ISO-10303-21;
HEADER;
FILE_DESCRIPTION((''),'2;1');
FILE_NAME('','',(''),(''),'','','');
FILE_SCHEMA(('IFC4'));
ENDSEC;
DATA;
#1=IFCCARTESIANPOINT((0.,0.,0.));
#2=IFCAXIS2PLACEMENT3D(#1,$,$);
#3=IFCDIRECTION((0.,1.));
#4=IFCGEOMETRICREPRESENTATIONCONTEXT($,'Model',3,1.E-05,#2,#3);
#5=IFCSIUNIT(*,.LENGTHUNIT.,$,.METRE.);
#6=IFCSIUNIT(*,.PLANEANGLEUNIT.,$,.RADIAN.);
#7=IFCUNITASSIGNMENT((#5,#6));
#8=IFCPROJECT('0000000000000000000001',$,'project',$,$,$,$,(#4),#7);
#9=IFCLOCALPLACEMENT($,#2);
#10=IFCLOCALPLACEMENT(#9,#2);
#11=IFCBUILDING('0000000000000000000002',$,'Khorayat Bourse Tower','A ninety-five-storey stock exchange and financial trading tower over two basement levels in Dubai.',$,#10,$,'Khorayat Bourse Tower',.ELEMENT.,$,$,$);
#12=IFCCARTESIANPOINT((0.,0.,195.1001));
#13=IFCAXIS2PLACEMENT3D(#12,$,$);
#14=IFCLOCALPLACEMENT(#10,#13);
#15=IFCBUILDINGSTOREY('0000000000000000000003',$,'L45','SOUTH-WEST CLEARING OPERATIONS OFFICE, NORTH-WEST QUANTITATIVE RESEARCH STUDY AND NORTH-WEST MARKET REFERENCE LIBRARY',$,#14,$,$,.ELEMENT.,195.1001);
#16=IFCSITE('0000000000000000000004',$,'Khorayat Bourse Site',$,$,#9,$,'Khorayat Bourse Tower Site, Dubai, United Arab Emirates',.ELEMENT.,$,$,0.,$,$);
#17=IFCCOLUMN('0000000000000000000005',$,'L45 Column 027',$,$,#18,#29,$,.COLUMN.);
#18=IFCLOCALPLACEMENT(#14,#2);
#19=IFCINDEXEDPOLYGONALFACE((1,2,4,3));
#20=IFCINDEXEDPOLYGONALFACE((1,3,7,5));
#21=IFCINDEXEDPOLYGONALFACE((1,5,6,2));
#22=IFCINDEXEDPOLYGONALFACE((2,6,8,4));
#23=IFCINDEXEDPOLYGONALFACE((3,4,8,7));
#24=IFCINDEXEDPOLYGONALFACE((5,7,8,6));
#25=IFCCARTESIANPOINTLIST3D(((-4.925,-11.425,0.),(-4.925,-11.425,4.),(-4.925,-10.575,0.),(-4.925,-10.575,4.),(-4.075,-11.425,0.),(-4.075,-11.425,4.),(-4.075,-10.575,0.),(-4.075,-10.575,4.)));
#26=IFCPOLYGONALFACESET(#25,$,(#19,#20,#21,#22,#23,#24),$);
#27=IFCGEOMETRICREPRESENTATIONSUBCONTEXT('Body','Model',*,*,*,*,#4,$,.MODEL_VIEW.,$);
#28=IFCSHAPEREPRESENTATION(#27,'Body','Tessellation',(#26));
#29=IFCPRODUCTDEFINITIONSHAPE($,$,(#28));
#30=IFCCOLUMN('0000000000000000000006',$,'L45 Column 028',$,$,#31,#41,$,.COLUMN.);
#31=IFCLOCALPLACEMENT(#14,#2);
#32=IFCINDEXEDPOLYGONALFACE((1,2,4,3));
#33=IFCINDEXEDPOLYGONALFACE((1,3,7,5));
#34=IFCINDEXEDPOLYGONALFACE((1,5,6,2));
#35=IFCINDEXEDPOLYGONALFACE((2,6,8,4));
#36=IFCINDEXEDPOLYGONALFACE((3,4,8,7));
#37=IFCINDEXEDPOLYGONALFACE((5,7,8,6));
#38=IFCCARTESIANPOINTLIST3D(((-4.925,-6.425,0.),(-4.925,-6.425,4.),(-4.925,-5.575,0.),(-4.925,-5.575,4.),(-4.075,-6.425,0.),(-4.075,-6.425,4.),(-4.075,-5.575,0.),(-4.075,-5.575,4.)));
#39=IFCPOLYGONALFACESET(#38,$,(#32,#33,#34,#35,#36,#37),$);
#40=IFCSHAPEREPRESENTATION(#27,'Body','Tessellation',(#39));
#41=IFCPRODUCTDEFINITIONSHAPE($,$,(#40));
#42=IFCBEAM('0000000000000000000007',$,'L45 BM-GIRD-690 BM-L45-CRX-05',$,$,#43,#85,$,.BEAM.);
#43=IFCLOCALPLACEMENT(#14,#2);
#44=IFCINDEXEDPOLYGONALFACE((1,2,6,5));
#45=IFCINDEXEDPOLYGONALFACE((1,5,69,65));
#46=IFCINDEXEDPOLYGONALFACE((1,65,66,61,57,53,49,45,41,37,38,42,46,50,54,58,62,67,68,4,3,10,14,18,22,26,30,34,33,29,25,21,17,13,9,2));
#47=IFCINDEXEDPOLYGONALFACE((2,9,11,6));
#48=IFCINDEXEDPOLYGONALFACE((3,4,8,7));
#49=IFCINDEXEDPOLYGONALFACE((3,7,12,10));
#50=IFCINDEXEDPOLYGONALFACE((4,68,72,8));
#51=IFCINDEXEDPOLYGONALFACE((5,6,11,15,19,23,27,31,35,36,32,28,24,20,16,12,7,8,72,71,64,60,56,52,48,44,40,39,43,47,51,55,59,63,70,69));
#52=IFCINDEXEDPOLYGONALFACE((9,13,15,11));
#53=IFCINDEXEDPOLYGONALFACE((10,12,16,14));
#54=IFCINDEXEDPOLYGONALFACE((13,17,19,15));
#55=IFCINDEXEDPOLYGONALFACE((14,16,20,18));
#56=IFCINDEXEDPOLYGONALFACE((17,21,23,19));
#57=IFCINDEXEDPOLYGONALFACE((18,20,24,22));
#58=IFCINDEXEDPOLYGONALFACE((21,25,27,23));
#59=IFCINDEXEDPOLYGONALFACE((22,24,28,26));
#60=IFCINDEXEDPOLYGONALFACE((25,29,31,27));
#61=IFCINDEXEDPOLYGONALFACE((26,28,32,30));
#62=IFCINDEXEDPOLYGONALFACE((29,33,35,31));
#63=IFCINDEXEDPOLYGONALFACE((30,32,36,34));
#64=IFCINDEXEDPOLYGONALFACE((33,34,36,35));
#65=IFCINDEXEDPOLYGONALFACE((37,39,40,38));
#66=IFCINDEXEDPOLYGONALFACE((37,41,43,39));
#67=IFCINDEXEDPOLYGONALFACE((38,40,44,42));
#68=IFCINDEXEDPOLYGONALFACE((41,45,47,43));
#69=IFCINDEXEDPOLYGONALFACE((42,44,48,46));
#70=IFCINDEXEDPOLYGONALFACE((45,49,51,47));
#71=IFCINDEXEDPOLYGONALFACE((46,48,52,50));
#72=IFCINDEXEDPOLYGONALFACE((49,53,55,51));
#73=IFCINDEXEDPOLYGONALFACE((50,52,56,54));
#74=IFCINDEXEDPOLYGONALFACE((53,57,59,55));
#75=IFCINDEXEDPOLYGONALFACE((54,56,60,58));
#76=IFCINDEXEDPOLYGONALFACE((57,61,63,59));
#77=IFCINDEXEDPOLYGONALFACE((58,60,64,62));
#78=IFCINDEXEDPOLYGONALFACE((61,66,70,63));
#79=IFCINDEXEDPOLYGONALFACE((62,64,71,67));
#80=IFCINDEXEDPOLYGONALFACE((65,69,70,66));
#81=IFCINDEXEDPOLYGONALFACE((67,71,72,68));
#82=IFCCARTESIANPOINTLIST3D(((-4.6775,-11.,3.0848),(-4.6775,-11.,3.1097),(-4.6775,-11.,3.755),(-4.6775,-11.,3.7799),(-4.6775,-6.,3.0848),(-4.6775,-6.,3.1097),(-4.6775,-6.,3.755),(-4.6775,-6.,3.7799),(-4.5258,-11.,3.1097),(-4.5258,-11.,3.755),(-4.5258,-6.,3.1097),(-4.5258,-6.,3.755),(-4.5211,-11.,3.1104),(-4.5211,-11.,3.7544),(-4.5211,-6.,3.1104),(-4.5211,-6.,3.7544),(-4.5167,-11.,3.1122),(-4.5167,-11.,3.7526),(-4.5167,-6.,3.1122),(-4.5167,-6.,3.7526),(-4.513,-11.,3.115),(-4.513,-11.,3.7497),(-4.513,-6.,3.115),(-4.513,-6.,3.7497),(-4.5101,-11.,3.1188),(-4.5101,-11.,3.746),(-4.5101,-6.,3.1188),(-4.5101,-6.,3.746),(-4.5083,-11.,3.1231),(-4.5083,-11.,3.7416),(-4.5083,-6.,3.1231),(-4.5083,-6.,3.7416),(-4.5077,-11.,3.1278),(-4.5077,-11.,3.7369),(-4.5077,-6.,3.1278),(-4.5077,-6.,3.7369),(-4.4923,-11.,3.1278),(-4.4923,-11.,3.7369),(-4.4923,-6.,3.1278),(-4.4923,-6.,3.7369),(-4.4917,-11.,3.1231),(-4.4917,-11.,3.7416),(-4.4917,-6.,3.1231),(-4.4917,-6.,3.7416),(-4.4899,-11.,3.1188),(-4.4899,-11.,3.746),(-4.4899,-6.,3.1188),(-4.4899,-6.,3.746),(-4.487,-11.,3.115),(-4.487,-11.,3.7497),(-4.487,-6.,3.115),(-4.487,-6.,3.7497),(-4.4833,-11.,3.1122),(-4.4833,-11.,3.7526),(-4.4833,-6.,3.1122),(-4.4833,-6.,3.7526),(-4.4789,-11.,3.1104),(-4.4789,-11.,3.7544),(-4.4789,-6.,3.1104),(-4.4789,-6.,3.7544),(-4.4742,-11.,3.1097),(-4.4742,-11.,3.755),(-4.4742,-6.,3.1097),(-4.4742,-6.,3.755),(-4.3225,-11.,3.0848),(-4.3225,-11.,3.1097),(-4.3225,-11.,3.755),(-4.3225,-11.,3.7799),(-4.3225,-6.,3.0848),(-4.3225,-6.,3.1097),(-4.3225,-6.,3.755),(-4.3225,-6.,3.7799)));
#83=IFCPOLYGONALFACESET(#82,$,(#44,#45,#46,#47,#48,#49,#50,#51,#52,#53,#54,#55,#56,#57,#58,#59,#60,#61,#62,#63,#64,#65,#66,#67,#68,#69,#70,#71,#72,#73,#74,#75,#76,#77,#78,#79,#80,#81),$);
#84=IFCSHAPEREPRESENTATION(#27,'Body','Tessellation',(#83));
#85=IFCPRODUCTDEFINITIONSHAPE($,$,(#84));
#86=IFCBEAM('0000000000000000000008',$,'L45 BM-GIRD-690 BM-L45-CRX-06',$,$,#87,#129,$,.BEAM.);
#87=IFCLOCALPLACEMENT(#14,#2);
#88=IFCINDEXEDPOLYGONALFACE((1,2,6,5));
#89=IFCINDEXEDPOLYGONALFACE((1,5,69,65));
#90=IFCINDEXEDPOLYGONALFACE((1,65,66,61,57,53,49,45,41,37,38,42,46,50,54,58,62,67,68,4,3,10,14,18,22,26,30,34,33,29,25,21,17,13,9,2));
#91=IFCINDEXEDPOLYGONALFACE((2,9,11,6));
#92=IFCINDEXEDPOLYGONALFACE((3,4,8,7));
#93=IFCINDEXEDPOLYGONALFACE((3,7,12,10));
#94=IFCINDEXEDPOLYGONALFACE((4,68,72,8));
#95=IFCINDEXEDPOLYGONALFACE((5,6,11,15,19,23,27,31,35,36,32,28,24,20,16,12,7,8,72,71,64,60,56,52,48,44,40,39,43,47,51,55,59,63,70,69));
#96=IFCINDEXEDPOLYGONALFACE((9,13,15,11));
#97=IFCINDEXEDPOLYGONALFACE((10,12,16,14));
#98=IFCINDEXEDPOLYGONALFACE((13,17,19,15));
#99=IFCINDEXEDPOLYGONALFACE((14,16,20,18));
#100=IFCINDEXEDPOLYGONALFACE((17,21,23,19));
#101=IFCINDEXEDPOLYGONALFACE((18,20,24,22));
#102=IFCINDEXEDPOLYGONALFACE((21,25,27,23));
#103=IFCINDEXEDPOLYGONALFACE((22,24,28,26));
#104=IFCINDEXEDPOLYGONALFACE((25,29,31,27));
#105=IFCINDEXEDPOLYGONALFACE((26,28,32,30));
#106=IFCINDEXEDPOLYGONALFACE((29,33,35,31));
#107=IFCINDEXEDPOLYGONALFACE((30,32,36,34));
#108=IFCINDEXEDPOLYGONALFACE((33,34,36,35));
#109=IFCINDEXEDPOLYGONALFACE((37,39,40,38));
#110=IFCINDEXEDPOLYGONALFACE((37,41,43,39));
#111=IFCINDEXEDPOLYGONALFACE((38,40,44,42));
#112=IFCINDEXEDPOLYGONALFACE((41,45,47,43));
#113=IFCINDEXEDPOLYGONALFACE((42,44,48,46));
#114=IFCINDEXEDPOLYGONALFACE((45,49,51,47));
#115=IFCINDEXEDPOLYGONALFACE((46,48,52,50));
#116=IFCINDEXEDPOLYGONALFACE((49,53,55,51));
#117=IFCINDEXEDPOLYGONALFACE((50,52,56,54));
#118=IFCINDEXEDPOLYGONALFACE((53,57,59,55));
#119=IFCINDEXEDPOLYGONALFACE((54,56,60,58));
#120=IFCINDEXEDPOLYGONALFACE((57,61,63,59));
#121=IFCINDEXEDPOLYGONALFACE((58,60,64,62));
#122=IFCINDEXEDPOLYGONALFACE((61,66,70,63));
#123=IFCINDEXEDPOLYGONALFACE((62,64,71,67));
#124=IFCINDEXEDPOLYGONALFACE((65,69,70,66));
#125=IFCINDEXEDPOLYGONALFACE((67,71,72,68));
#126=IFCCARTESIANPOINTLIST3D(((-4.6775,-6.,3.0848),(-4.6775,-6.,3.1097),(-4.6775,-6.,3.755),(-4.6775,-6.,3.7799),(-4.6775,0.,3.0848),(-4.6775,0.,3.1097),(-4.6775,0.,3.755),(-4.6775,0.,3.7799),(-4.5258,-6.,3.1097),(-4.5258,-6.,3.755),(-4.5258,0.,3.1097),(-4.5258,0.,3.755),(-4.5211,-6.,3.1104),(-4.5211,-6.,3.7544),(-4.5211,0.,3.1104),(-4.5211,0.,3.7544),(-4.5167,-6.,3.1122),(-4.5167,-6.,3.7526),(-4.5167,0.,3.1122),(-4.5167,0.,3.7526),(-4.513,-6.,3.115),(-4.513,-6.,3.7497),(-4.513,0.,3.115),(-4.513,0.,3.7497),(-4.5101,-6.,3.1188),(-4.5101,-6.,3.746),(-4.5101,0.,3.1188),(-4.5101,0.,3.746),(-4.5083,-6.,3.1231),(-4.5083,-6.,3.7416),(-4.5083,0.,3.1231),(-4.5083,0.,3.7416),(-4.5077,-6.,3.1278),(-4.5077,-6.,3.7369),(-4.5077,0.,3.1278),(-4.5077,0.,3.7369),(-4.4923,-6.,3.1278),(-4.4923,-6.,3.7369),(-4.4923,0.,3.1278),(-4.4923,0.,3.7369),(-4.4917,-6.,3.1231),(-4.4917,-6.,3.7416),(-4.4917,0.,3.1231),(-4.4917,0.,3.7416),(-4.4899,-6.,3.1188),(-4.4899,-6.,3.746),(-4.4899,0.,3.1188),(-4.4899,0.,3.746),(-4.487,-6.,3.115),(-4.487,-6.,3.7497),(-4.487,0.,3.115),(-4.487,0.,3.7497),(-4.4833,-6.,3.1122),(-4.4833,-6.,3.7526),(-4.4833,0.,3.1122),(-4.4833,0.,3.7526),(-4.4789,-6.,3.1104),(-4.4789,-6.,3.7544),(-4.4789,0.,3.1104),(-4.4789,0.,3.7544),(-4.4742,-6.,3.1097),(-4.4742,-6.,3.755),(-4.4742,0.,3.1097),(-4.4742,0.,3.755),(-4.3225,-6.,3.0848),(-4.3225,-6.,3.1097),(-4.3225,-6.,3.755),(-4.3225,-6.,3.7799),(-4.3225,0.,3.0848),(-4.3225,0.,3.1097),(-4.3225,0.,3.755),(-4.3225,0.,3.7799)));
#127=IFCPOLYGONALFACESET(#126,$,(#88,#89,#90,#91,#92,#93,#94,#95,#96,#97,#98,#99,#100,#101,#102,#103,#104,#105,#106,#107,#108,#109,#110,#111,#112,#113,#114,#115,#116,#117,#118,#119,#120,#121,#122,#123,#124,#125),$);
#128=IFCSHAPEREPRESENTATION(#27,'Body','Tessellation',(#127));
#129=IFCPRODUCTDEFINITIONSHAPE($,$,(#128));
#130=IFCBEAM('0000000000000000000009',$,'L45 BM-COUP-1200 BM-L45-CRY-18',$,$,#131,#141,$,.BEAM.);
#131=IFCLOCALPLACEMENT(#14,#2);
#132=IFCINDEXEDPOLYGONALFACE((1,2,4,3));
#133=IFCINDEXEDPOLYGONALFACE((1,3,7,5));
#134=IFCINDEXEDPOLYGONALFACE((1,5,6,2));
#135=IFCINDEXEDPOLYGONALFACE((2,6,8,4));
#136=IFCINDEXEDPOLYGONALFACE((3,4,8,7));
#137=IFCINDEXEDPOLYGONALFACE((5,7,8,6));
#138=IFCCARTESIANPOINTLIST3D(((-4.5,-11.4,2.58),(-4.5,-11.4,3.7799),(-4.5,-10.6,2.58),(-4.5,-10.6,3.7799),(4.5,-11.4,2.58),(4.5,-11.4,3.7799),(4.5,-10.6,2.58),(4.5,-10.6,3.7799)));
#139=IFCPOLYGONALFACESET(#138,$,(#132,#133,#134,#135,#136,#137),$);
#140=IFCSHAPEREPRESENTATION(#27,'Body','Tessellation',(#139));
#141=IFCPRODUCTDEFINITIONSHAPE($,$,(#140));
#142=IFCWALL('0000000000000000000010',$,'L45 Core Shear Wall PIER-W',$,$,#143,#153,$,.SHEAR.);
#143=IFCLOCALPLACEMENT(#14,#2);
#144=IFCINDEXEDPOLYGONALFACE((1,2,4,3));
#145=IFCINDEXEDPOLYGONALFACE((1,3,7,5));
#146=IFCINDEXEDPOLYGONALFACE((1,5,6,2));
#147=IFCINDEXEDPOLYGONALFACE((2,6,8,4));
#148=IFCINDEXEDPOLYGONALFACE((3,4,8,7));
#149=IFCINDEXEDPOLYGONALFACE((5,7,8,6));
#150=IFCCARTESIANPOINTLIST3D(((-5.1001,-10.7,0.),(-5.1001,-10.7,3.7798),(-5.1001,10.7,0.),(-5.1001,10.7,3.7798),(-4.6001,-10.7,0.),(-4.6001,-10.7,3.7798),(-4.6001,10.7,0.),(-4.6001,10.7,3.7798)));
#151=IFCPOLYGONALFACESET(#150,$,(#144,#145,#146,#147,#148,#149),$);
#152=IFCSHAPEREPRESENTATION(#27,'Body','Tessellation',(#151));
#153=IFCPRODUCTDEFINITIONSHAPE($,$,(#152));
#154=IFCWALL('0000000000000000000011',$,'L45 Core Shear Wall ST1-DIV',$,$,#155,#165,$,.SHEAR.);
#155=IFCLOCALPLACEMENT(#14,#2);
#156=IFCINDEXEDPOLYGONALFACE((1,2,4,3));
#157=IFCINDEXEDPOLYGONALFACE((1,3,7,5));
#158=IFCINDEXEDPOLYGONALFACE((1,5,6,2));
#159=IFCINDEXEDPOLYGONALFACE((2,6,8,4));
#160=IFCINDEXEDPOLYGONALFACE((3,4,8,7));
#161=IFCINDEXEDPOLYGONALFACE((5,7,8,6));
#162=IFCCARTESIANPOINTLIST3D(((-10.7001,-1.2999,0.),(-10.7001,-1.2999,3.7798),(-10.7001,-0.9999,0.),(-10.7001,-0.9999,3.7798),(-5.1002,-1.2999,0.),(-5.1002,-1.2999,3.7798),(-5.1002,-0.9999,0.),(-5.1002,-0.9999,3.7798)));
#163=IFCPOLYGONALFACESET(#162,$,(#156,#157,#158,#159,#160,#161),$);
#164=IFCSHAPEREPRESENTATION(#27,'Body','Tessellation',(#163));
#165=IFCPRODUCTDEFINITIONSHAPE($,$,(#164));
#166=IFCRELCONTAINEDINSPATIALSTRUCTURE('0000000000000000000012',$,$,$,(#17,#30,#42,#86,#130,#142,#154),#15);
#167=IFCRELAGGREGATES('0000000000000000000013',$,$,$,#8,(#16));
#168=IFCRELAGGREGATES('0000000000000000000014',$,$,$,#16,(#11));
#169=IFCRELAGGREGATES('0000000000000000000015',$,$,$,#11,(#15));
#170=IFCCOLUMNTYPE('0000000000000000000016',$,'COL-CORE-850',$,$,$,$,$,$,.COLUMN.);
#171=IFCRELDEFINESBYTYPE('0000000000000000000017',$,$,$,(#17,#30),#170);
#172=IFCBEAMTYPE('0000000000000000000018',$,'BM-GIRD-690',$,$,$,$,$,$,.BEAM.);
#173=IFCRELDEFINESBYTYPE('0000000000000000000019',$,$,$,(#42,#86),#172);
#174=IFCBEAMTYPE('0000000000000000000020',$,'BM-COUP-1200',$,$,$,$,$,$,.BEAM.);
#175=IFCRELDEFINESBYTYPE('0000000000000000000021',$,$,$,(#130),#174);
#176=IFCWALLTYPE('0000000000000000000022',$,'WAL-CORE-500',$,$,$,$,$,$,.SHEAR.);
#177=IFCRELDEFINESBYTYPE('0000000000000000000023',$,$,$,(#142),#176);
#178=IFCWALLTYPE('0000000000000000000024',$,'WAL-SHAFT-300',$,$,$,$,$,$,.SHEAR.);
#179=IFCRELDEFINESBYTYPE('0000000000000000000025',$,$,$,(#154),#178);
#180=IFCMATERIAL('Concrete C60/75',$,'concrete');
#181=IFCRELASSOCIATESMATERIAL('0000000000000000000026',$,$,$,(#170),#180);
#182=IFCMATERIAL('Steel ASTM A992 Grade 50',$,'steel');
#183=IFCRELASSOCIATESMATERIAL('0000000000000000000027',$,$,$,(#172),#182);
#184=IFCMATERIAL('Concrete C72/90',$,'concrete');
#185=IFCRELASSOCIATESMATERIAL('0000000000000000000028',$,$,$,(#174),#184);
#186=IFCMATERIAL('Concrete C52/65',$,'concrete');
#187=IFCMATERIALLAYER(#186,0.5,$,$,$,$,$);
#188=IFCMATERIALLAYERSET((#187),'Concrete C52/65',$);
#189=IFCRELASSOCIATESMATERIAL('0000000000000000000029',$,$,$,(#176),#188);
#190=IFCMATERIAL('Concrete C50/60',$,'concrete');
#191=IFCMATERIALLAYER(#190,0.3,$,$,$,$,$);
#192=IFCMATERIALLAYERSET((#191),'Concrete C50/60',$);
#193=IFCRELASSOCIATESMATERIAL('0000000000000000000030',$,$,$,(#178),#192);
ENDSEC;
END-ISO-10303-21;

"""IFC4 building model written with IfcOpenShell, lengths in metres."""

from ifc_helpers import new_model, si_unit, direction, frame, frame_2d, origin, origin_2d, place, context, subcontext, project, spatial, rectangle, i_section, extrude, source, transform, mapped, material, layer, layer_set, material_profile, profile_set, type_object, element, save


model = new_model("IFC4")

# Units and contexts
model_context = context("Model", 3, precision=1e-05, world=origin(), true_north=direction((0.0, 1.0)))
body_context = subcontext(model_context, "Body", "Model", "MODEL_VIEW")
ifc_project = project(units=[si_unit("LENGTHUNIT", "METRE"), si_unit("PLANEANGLEUNIT", "RADIAN")], contexts=[model_context])

# Site, building, storey
site_placement = place(None, origin())
site = spatial("IfcSite", under=ifc_project, at=site_placement, Name="Khorayat Bourse Site", LongName="Khorayat Bourse Tower Site, Dubai, United Arab Emirates", CompositionType="ELEMENT", RefElevation=0.0)
building_placement = place(site_placement, origin())
building = spatial("IfcBuilding", under=site, at=building_placement, Name="Khorayat Bourse Tower", Description="A ninety-five-storey stock exchange and financial trading tower over two basement levels in Dubai.", LongName="Khorayat Bourse Tower", CompositionType="ELEMENT")
storey_placement = place(building_placement, frame((0.0, 0.0, 195.1001)))
storey = spatial("IfcBuildingStorey", under=building, at=storey_placement, Name="L45", Description="SOUTH-WEST CLEARING OPERATIONS OFFICE, NORTH-WEST QUANTITATIVE RESEARCH STUDY AND NORTH-WEST MARKET REFERENCE LIBRARY", CompositionType="ELEMENT", Elevation=195.1001)

# Columns
ifc_material_1 = material(Name="Concrete C60/75", Category="concrete")
ifc_material_profile_1 = material_profile(ifc_material_1, rectangle(XDim=0.8501, YDim=0.8501, at=origin_2d()), Name="RC 850x850")
ifc_profile_set_1 = profile_set([ifc_material_profile_1], Name="Concrete C60/75")
column_type = type_object("IfcColumnType", Name="COL-CORE-850", PredefinedType="COLUMN", material=ifc_profile_set_1)
shared_shape_1 = source(origin(), body_context, "Body", "SweptSolid", [
    extrude(rectangle(XDim=0.8501, YDim=0.8501, at=origin_2d()), origin(), (0.0, 0.0, 1.0), 4.0),
])
for number, where, z_axis, x_axis, name in (
    (1, (-4.5, -11.0, 0.0), (0.0, 0.0, 1.0), (1.0, 0.0, 0.0), "L45 Column 027"),
    (2, (-4.5, -6.0, 0.0), (0.0, 0.0, 1.0), (1.0, 0.0, 0.0), "L45 Column 028"),
):
    element("IfcColumn", number, at=place(storey_placement, frame(where, z_axis=z_axis, x_axis=x_axis)), inside=storey, type_object=column_type, Name=name, PredefinedType="COLUMN", context=body_context, shape_type="MappedRepresentation", body=[
        mapped(shared_shape_1, transform((0.0, 0.0, 0.0), scale=1.0)),
    ])

# Beams
ifc_material_2 = material(Name="Steel ASTM A992 Grade 50", Category="steel")
ifc_material_profile_2 = material_profile(ifc_material_2, i_section(OverallWidth=0.355, OverallDepth=0.6951, WebThickness=0.0154, FlangeThickness=0.0249, FilletRadius=0.0181, at=origin_2d()), Name="W690X217")
ifc_profile_set_2 = profile_set([ifc_material_profile_2], Name="Steel ASTM A992 Grade 50")
beam_type_1 = type_object("IfcBeamType", Name="BM-GIRD-690", PredefinedType="BEAM", material=ifc_profile_set_2)
shared_shape_2 = source(origin(), body_context, "Body", "SweptSolid", [
    extrude(i_section(OverallWidth=0.355, OverallDepth=0.6951, WebThickness=0.0154, FlangeThickness=0.0249, FilletRadius=0.0181, at=origin_2d()), origin(), (0.0, 0.0, 1.0), 5.0),
])
beam_1_placement = place(storey_placement, frame((-4.5, -11.0, 3.4324), z_axis=(0.0, 1.0, 0.0), x_axis=(-1.0, 0.0, 0.0)))
element("IfcBeam", 3, at=beam_1_placement, inside=storey, type_object=beam_type_1, Name="L45 BM-GIRD-690 BM-L45-CRX-05", PredefinedType="BEAM", context=body_context, shape_type="MappedRepresentation", body=[
    mapped(shared_shape_2, transform((0.0, 0.0, 0.0), scale=1.0)),
])
shared_shape_3 = source(origin(), body_context, "Body", "SweptSolid", [
    extrude(i_section(OverallWidth=0.355, OverallDepth=0.6951, WebThickness=0.0154, FlangeThickness=0.0249, FilletRadius=0.0181, at=origin_2d()), origin(), (0.0, 0.0, 1.0), 6.0),
])
beam_2_placement = place(storey_placement, frame((-4.5, -6.0, 3.4324), z_axis=(0.0, 1.0, 0.0), x_axis=(-1.0, 0.0, 0.0)))
element("IfcBeam", 4, at=beam_2_placement, inside=storey, type_object=beam_type_1, Name="L45 BM-GIRD-690 BM-L45-CRX-06", PredefinedType="BEAM", context=body_context, shape_type="MappedRepresentation", body=[
    mapped(shared_shape_3, transform((0.0, 0.0, 0.0), scale=1.0)),
])
ifc_material_3 = material(Name="Concrete C72/90", Category="concrete")
ifc_material_profile_3 = material_profile(ifc_material_3, rectangle(XDim=0.8, YDim=1.2, at=origin_2d()), Name="RC 800x1200")
ifc_profile_set_3 = profile_set([ifc_material_profile_3], Name="Concrete C72/90")
beam_type_2 = type_object("IfcBeamType", Name="BM-COUP-1200", PredefinedType="BEAM", material=ifc_profile_set_3)
shared_shape_4 = source(origin(), body_context, "Body", "SweptSolid", [
    extrude(rectangle(XDim=0.8, YDim=1.2, at=origin_2d()), origin(), (0.0, 0.0, 1.0), 9.0),
])
beam_3_placement = place(storey_placement, frame((-4.5, -11.0, 3.1799), z_axis=(1.0, 0.0, 0.0), x_axis=(0.0, 1.0, 0.0)))
element("IfcBeam", 5, at=beam_3_placement, inside=storey, type_object=beam_type_2, Name="L45 BM-COUP-1200 BM-L45-CRY-18", PredefinedType="BEAM", context=body_context, shape_type="MappedRepresentation", body=[
    mapped(shared_shape_4, transform((0.0, 0.0, 0.0), scale=1.0)),
])

# Walls
ifc_material_4 = material(Name="Concrete C52/65", Category="concrete")
ifc_layer_1 = layer(ifc_material_4, 0.5)
ifc_layer_set_1 = layer_set([ifc_layer_1], Name="Concrete C52/65")
wall_type_1 = type_object("IfcWallType", Name="WAL-CORE-500", PredefinedType="SHEAR", material=ifc_layer_set_1)
shared_shape_5 = source(origin(), body_context, "Body", "SweptSolid", [
    extrude(rectangle(XDim=21.3999, YDim=0.5, at=frame_2d((10.7, 0.0))), origin(), (0.0, 0.0, 1.0), 3.7798),
])
wall_1_placement = place(storey_placement, frame((-4.8501, -10.7, 0.0), z_axis=(0.0, 0.0, 1.0), x_axis=(0.0, 1.0, 0.0)))
element("IfcWall", 6, at=wall_1_placement, inside=storey, type_object=wall_type_1, Name="L45 Core Shear Wall PIER-W", PredefinedType="SHEAR", context=body_context, shape_type="MappedRepresentation", body=[
    mapped(shared_shape_5, transform((0.0, 0.0, 0.0), scale=1.0)),
])
ifc_material_5 = material(Name="Concrete C50/60", Category="concrete")
ifc_layer_2 = layer(ifc_material_5, 0.3)
ifc_layer_set_2 = layer_set([ifc_layer_2], Name="Concrete C50/60")
wall_type_2 = type_object("IfcWallType", Name="WAL-SHAFT-300", PredefinedType="SHEAR", material=ifc_layer_set_2)
shared_shape_6 = source(origin(), body_context, "Body", "SweptSolid", [
    extrude(rectangle(XDim=5.5999, YDim=0.3, at=frame_2d((2.7998, 0.0))), origin(), (0.0, 0.0, 1.0), 3.7798),
])
wall_2_placement = place(storey_placement, frame((-10.7, -1.1499, 0.0), z_axis=(0.0, 0.0, 1.0), x_axis=(1.0, 0.0, 0.0)))
element("IfcWall", 7, at=wall_2_placement, inside=storey, type_object=wall_type_2, Name="L45 Core Shear Wall ST1-DIV", PredefinedType="SHEAR", context=body_context, shape_type="MappedRepresentation", body=[
    mapped(shared_shape_6, transform((0.0, 0.0, 0.0), scale=1.0)),
])

save(model, "model.ifc")
